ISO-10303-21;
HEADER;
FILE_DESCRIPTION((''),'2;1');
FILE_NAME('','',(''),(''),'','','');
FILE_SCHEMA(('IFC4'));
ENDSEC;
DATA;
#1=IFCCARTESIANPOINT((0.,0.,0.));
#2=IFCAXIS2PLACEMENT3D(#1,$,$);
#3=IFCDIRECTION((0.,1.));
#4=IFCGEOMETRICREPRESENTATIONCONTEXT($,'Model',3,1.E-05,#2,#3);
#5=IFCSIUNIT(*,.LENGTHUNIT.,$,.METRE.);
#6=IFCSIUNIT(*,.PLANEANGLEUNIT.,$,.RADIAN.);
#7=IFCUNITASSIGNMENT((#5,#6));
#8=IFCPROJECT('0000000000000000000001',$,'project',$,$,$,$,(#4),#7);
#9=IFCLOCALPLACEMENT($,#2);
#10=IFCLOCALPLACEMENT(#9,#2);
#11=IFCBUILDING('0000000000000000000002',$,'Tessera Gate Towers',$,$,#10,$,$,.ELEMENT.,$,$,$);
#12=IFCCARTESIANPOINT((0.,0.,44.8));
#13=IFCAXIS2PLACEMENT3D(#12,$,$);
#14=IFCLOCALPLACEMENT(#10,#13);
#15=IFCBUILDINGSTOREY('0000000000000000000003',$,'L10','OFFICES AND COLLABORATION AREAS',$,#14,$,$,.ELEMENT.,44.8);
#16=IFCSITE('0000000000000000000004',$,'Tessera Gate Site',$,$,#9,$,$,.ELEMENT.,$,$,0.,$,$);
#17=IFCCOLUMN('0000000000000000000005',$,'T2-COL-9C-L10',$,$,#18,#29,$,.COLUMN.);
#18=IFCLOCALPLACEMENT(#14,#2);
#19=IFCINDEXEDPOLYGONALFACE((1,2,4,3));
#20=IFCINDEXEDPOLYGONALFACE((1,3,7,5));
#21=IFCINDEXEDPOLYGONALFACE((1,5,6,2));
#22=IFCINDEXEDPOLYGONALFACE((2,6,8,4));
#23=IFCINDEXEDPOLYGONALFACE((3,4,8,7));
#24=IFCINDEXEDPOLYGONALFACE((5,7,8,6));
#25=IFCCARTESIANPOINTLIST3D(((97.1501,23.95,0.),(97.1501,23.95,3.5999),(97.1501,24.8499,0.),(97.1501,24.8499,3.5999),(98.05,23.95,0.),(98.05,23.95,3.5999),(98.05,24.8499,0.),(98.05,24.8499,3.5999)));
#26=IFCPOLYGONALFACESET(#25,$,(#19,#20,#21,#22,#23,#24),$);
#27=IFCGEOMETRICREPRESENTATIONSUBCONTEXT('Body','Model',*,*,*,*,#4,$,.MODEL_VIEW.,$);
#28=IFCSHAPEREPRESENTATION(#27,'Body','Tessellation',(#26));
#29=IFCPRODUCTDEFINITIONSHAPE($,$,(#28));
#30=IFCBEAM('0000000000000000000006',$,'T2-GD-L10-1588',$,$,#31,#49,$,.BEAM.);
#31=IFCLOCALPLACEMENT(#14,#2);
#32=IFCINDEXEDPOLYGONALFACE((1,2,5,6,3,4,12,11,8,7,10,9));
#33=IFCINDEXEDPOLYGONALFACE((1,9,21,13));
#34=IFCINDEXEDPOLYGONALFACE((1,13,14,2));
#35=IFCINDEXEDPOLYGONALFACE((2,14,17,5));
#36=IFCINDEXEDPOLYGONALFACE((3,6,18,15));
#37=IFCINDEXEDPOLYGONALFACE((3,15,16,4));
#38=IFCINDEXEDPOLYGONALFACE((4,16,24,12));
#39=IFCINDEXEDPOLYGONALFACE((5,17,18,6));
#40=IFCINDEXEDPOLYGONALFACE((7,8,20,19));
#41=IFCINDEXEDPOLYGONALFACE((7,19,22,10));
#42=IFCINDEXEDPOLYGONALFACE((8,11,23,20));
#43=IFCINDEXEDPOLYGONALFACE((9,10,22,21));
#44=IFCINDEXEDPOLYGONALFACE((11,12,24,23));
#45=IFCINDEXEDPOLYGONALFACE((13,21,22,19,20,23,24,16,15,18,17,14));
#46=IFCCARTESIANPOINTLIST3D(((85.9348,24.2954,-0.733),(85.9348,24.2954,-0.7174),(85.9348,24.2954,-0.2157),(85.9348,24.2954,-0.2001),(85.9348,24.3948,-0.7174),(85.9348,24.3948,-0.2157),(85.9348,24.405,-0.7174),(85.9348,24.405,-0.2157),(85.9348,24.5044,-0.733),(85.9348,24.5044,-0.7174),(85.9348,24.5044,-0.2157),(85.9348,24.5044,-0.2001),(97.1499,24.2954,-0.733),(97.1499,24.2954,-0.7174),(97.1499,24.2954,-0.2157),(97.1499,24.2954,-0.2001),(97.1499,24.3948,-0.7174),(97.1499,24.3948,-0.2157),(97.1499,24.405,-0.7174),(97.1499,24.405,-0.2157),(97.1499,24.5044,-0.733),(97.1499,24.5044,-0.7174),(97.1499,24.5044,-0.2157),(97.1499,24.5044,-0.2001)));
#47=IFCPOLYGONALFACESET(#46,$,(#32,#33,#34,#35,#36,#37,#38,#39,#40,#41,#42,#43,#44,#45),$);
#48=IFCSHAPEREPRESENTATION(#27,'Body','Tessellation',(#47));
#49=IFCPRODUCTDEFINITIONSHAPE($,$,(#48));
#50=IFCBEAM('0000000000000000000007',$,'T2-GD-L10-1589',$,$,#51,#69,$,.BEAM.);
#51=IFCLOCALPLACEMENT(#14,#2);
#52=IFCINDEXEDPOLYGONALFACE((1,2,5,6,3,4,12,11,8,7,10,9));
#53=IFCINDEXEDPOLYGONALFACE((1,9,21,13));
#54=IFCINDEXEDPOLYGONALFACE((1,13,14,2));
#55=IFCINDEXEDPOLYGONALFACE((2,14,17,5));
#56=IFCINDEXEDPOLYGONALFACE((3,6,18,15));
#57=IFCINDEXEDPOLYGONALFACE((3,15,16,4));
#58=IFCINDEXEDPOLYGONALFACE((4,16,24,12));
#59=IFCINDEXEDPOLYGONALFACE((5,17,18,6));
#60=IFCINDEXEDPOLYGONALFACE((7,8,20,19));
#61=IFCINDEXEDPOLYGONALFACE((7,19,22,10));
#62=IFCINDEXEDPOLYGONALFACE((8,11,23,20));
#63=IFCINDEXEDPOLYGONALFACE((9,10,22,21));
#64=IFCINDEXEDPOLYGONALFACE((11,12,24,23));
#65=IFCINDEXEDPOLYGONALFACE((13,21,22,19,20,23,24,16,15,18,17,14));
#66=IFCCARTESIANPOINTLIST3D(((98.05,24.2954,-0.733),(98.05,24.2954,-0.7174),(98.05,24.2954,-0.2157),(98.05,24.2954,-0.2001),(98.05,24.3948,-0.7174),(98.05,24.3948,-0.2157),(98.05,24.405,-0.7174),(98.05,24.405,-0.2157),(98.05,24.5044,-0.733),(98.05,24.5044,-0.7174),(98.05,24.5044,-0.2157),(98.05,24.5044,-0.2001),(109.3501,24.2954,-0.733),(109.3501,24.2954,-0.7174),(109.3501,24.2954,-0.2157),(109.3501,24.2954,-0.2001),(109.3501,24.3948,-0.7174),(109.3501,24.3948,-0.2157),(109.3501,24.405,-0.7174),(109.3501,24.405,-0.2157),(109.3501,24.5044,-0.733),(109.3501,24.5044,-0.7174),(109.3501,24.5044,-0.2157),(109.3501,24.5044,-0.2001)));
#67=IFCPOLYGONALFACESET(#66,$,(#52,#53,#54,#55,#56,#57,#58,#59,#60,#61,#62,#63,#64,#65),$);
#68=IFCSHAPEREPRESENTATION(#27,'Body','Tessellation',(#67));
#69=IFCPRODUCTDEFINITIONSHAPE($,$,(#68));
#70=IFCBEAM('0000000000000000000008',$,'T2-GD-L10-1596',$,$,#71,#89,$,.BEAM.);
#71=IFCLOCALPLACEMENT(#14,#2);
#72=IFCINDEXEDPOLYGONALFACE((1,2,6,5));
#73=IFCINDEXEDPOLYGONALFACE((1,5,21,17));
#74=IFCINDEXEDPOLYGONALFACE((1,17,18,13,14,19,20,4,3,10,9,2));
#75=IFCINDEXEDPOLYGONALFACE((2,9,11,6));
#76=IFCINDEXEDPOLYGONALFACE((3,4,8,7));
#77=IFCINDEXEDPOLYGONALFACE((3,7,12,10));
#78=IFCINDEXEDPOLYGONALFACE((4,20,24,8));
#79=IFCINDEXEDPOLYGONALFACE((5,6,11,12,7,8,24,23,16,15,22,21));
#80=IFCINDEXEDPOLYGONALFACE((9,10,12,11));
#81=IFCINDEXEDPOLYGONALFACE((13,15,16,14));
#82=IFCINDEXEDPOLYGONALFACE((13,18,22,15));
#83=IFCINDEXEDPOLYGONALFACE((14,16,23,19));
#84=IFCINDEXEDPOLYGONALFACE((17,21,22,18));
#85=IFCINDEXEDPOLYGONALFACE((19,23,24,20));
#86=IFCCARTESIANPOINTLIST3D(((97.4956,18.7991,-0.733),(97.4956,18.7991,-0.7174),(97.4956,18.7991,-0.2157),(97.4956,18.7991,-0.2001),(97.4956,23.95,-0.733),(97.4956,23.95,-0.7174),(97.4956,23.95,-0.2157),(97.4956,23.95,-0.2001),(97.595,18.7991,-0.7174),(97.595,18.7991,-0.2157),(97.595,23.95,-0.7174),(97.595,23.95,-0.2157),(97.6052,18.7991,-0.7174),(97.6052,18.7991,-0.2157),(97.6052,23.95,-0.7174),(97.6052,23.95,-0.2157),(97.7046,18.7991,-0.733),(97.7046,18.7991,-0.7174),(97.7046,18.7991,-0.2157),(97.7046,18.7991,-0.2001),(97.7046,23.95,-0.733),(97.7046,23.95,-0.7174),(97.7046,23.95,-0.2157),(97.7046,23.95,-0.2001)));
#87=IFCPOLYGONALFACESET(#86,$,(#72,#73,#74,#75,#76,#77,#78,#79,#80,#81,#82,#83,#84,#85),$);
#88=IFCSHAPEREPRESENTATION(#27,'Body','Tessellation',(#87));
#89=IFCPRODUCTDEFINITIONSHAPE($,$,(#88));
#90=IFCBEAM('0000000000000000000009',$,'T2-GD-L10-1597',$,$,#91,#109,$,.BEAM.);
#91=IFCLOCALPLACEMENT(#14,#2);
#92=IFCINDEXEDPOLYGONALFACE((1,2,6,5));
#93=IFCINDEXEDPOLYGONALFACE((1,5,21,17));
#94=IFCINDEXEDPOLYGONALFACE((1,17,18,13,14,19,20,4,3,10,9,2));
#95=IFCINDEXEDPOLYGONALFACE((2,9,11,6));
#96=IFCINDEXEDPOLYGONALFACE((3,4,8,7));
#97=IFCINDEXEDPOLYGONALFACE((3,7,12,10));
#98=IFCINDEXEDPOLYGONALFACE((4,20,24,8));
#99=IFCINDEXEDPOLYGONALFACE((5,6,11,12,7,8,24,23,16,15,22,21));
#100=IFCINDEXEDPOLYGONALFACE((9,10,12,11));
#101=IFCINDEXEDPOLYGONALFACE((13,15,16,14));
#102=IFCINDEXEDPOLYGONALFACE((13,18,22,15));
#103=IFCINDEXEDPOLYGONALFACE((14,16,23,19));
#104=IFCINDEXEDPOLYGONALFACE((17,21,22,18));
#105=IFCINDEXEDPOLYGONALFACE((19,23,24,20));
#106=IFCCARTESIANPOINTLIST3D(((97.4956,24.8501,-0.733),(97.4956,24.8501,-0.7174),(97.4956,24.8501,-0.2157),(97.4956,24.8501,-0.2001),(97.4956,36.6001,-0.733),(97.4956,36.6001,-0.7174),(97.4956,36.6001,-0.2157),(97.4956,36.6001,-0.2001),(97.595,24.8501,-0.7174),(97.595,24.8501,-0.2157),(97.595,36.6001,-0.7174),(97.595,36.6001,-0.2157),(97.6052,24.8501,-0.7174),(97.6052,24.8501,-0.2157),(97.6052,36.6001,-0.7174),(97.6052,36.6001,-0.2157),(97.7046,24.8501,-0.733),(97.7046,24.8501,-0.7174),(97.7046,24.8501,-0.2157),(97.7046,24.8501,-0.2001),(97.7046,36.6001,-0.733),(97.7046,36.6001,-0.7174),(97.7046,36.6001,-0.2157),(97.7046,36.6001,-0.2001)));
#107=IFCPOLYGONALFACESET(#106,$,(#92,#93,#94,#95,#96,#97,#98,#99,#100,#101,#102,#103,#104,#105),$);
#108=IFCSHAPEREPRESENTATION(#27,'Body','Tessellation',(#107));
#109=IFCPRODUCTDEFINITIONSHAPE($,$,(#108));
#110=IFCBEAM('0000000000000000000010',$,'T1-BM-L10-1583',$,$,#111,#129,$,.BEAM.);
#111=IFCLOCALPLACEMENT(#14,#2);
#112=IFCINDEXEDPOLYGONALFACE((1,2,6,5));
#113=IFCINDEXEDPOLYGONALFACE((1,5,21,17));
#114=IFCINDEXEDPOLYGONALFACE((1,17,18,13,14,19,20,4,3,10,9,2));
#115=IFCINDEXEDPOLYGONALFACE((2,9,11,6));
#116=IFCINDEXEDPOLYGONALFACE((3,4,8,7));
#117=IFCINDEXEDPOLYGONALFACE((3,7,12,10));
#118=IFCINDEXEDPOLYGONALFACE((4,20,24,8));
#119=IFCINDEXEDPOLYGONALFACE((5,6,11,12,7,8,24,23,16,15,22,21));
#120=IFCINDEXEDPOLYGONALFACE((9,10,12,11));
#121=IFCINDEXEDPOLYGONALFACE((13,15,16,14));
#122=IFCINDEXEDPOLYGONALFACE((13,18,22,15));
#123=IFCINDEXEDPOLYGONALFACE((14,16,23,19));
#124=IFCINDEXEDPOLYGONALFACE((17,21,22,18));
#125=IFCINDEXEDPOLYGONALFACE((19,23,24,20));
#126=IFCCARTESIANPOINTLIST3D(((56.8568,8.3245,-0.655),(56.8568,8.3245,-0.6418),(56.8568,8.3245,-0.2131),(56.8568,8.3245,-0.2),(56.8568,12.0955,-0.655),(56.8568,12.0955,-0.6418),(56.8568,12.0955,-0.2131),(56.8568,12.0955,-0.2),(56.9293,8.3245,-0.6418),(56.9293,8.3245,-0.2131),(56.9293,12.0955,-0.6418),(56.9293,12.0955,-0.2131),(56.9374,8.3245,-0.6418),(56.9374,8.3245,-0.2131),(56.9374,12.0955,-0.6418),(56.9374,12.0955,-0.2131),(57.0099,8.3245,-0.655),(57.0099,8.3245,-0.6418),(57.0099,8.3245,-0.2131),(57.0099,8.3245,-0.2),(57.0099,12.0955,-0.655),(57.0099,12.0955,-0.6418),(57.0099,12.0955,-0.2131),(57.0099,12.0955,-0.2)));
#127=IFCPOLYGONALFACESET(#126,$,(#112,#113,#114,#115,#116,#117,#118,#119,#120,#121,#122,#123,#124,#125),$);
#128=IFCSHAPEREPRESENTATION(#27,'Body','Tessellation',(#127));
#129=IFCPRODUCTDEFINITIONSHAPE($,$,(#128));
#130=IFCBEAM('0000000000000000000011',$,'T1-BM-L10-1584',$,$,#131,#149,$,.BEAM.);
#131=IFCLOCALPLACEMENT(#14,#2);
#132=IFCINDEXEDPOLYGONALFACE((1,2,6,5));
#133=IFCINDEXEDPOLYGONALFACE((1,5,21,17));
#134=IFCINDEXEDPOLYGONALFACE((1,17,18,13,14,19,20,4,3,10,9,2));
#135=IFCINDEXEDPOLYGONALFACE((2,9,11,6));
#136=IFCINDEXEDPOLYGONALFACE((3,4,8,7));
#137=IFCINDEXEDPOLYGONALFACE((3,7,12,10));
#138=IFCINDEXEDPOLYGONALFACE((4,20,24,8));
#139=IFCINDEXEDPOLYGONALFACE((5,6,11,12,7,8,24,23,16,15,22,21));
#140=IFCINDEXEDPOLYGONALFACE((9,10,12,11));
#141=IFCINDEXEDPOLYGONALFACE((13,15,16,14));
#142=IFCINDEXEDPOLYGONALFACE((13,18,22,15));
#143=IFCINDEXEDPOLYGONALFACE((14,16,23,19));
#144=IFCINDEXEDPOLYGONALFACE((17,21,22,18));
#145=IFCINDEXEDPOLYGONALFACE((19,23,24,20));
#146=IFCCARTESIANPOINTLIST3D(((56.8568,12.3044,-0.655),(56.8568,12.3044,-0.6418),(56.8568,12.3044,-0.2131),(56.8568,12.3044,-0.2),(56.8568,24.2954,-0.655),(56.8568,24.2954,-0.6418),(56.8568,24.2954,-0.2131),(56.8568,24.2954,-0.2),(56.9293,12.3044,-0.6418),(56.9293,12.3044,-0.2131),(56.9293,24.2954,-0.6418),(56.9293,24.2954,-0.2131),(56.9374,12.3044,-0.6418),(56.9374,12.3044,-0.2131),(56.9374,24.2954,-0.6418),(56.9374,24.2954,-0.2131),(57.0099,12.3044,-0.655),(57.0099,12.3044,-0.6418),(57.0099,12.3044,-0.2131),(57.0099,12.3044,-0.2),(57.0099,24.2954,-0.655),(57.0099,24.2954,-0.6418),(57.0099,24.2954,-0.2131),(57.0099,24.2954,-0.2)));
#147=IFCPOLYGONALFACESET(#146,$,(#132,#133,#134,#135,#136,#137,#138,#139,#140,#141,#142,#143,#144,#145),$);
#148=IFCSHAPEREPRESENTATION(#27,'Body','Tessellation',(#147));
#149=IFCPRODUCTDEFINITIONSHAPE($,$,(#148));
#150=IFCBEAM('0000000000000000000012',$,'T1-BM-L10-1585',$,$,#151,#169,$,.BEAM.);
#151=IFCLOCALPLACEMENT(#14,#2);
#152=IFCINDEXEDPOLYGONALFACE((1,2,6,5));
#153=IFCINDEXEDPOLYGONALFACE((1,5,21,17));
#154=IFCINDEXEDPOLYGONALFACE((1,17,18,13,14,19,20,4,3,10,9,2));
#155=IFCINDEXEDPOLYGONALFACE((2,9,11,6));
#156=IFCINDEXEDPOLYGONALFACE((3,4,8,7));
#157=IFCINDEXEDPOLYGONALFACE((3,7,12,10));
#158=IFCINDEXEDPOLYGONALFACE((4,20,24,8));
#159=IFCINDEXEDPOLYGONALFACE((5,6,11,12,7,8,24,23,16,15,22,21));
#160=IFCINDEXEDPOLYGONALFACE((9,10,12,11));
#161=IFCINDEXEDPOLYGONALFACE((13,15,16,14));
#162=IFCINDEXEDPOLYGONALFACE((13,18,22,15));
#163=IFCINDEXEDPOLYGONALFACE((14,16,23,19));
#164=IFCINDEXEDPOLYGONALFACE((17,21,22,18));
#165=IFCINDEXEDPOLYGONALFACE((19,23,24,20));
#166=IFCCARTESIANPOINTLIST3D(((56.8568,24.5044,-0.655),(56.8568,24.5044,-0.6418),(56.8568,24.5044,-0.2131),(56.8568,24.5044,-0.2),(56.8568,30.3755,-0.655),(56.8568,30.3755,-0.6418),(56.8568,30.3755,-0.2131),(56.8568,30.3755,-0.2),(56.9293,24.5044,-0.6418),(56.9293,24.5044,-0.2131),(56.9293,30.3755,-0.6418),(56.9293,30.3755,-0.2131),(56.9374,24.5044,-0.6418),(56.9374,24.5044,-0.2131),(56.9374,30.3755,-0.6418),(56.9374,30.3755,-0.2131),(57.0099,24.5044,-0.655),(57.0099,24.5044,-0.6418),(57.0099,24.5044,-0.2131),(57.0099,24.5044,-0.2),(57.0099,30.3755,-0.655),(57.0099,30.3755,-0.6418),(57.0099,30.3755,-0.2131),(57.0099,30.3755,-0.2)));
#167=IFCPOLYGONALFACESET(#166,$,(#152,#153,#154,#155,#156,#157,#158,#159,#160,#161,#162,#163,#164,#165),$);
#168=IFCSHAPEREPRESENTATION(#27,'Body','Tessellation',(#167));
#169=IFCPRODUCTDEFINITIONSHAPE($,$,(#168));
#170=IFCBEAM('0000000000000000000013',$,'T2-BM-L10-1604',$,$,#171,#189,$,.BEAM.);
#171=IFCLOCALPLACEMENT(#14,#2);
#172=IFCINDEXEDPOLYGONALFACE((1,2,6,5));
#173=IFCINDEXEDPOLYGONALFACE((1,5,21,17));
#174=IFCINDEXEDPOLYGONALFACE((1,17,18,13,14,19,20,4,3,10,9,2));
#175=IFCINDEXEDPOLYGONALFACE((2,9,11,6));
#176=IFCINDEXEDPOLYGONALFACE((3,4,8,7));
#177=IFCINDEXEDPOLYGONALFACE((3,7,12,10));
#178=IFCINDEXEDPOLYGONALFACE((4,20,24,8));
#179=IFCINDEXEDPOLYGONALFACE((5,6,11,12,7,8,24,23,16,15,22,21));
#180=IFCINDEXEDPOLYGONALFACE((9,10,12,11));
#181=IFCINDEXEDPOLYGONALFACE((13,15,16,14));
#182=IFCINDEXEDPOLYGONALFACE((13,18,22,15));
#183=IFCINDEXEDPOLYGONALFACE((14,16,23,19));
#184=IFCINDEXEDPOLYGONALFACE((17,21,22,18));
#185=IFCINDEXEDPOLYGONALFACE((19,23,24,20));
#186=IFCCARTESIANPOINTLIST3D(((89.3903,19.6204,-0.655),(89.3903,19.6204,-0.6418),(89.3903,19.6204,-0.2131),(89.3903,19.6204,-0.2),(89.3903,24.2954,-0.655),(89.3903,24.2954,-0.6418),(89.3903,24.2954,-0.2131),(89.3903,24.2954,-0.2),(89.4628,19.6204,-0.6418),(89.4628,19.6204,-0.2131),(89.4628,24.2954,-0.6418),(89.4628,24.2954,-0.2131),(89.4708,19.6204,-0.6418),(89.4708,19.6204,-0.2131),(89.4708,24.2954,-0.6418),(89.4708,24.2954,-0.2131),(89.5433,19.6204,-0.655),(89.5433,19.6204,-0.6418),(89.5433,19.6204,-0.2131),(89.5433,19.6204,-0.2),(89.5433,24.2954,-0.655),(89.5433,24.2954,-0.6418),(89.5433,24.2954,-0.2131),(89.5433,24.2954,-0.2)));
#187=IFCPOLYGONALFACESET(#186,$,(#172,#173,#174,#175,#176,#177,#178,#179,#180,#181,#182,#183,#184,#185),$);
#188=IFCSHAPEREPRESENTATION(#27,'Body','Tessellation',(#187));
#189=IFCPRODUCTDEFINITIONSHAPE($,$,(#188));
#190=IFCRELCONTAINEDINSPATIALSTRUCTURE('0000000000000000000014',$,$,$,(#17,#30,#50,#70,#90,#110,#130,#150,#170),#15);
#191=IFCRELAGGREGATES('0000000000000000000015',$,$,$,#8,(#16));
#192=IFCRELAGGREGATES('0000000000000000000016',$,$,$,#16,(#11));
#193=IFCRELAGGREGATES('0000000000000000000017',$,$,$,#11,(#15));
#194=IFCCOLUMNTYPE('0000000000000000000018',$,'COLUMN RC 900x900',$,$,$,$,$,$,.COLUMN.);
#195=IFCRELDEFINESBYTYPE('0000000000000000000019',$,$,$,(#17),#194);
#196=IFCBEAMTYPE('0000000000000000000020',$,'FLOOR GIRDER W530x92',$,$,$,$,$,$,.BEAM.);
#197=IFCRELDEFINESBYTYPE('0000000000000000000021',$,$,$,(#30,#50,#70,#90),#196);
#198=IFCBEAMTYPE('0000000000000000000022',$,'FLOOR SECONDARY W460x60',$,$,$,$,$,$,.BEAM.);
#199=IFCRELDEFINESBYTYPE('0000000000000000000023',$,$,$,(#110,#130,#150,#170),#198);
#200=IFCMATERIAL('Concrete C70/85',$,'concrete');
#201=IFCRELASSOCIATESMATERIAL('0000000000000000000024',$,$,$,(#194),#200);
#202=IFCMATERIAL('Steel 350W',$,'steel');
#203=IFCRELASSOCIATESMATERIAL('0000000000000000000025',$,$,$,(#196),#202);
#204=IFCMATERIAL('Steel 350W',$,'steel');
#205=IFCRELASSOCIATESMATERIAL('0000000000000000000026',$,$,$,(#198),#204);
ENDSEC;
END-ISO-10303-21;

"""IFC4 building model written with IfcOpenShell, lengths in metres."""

from ifc_helpers import new_model, si_unit, direction, frame, origin, origin_2d, place, context, subcontext, project, spatial, rectangle, i_section, extrude, material, material_profile, profile_set, type_object, element, save


model = new_model("IFC4")

# Units and contexts
model_context = context("Model", 3, precision=1e-05, world=origin(), true_north=direction((0.0, 1.0)))
body_context = subcontext(model_context, "Body", "Model", "MODEL_VIEW")
ifc_project = project(units=[si_unit("LENGTHUNIT", "METRE"), si_unit("PLANEANGLEUNIT", "RADIAN")], contexts=[model_context])

# Site, building, storey
site_placement = place(None, origin())
site = spatial("IfcSite", under=ifc_project, at=site_placement, Name="Tessera Gate Site", CompositionType="ELEMENT", RefElevation=0.0)
building_placement = place(site_placement, origin())
building = spatial("IfcBuilding", under=site, at=building_placement, Name="Tessera Gate Towers", CompositionType="ELEMENT")
storey_placement = place(building_placement, frame((0.0, 0.0, 44.8)))
storey = spatial("IfcBuildingStorey", under=building, at=storey_placement, Name="L10", Description="OFFICES AND COLLABORATION AREAS", CompositionType="ELEMENT", Elevation=44.8)

# Column
ifc_material_1 = material(Name="Concrete C70/85", Category="concrete")
ifc_material_profile_1 = material_profile(ifc_material_1, rectangle(XDim=0.8999, YDim=0.8999, at=origin_2d()), Name="RC 900x900")
ifc_profile_set_1 = profile_set([ifc_material_profile_1], Name="Concrete C70/85")
column_type = type_object("IfcColumnType", Name="COLUMN RC 900x900", PredefinedType="COLUMN", material=ifc_profile_set_1)
column_placement = place(storey_placement, frame((97.6001, 24.3999, 0.0), z_axis=(0.0, 0.0, 1.0), x_axis=(1.0, 0.0, 0.0)))
element("IfcColumn", 1, at=column_placement, inside=storey, type_object=column_type, Name="T2-COL-9C-L10", PredefinedType="COLUMN", context=body_context, shape_type="SweptSolid", body=[
    extrude(rectangle(XDim=0.8999, YDim=0.8999, at=origin_2d()), origin(), (0.0, 0.0, 1.0), 3.5999),
])

# Beams
ifc_material_2 = material(Name="Steel 350W", Category="steel")
ifc_material_profile_2 = material_profile(ifc_material_2, i_section(OverallWidth=0.209, OverallDepth=0.533, WebThickness=0.0103, FlangeThickness=0.0156, at=origin_2d()), Name="W530x92")
ifc_profile_set_2 = profile_set([ifc_material_profile_2], Name="Steel 350W")
beam_type_1 = type_object("IfcBeamType", Name="FLOOR GIRDER W530x92", PredefinedType="BEAM", material=ifc_profile_set_2)
beam_1_placement = place(storey_placement, frame((85.9348, 24.3999, -0.4666), z_axis=(1.0, 0.0, 0.0), x_axis=(0.0, 1.0, 0.0)))
element("IfcBeam", 2, at=beam_1_placement, inside=storey, type_object=beam_type_1, Name="T2-GD-L10-1588", PredefinedType="BEAM", context=body_context, shape_type="SweptSolid", body=[
    extrude(i_section(OverallWidth=0.209, OverallDepth=0.533, WebThickness=0.0103, FlangeThickness=0.0156, at=origin_2d()), origin(), (0.0, 0.0, 1.0), 11.2151),
])
beam_2_placement = place(storey_placement, frame((98.05, 24.3999, -0.4666), z_axis=(1.0, 0.0, 0.0), x_axis=(0.0, 1.0, 0.0)))
element("IfcBeam", 3, at=beam_2_placement, inside=storey, type_object=beam_type_1, Name="T2-GD-L10-1589", PredefinedType="BEAM", context=body_context, shape_type="SweptSolid", body=[
    extrude(i_section(OverallWidth=0.209, OverallDepth=0.533, WebThickness=0.0103, FlangeThickness=0.0156, at=origin_2d()), origin(), (0.0, 0.0, 1.0), 11.3),
])
beam_3_placement = place(storey_placement, frame((97.6001, 18.7991, -0.4666), z_axis=(0.0, 1.0, 0.0), x_axis=(-1.0, 0.0, 0.0)))
element("IfcBeam", 4, at=beam_3_placement, inside=storey, type_object=beam_type_1, Name="T2-GD-L10-1596", PredefinedType="BEAM", context=body_context, shape_type="SweptSolid", body=[
    extrude(i_section(OverallWidth=0.209, OverallDepth=0.533, WebThickness=0.0103, FlangeThickness=0.0156, at=origin_2d()), origin(), (0.0, 0.0, 1.0), 5.1509),
])
beam_4_placement = place(storey_placement, frame((97.6001, 24.8501, -0.4666), z_axis=(0.0, 1.0, 0.0), x_axis=(-1.0, 0.0, 0.0)))
element("IfcBeam", 5, at=beam_4_placement, inside=storey, type_object=beam_type_1, Name="T2-GD-L10-1597", PredefinedType="BEAM", context=body_context, shape_type="SweptSolid", body=[
    extrude(i_section(OverallWidth=0.209, OverallDepth=0.533, WebThickness=0.0103, FlangeThickness=0.0156, at=origin_2d()), origin(), (0.0, 0.0, 1.0), 11.75),
])
ifc_material_3 = material(Name="Steel 350W", Category="steel")
ifc_material_profile_3 = material_profile(ifc_material_3, i_section(OverallWidth=0.1531, OverallDepth=0.4551, WebThickness=0.0081, FlangeThickness=0.0132, at=origin_2d()), Name="W460x60")
ifc_profile_set_3 = profile_set([ifc_material_profile_3], Name="Steel 350W")
beam_type_2 = type_object("IfcBeamType", Name="FLOOR SECONDARY W460x60", PredefinedType="BEAM", material=ifc_profile_set_3)
beam_5_placement = place(storey_placement, frame((56.9333, 8.3245, -0.4275), z_axis=(0.0, 1.0, 0.0), x_axis=(-1.0, 0.0, 0.0)))
element("IfcBeam", 6, at=beam_5_placement, inside=storey, type_object=beam_type_2, Name="T1-BM-L10-1583", PredefinedType="BEAM", context=body_context, shape_type="SweptSolid", body=[
    extrude(i_section(OverallWidth=0.1531, OverallDepth=0.4551, WebThickness=0.0081, FlangeThickness=0.0132, at=origin_2d()), origin(), (0.0, 0.0, 1.0), 3.771),
])
beam_6_placement = place(storey_placement, frame((56.9333, 12.3044, -0.4275), z_axis=(0.0, 1.0, 0.0), x_axis=(-1.0, 0.0, 0.0)))
element("IfcBeam", 7, at=beam_6_placement, inside=storey, type_object=beam_type_2, Name="T1-BM-L10-1584", PredefinedType="BEAM", context=body_context, shape_type="SweptSolid", body=[
    extrude(i_section(OverallWidth=0.1531, OverallDepth=0.4551, WebThickness=0.0081, FlangeThickness=0.0132, at=origin_2d()), origin(), (0.0, 0.0, 1.0), 11.991),
])
beam_7_placement = place(storey_placement, frame((56.9333, 24.5044, -0.4275), z_axis=(0.0, 1.0, 0.0), x_axis=(-1.0, 0.0, 0.0)))
element("IfcBeam", 8, at=beam_7_placement, inside=storey, type_object=beam_type_2, Name="T1-BM-L10-1585", PredefinedType="BEAM", context=body_context, shape_type="SweptSolid", body=[
    extrude(i_section(OverallWidth=0.1531, OverallDepth=0.4551, WebThickness=0.0081, FlangeThickness=0.0132, at=origin_2d()), origin(), (0.0, 0.0, 1.0), 5.8711),
])
beam_8_placement = place(storey_placement, frame((89.4668, 19.6204, -0.4275), z_axis=(0.0, 1.0, 0.0), x_axis=(-1.0, 0.0, 0.0)))
element("IfcBeam", 9, at=beam_8_placement, inside=storey, type_object=beam_type_2, Name="T2-BM-L10-1604", PredefinedType="BEAM", context=body_context, shape_type="SweptSolid", body=[
    extrude(i_section(OverallWidth=0.1531, OverallDepth=0.4551, WebThickness=0.0081, FlangeThickness=0.0132, at=origin_2d()), origin(), (0.0, 0.0, 1.0), 4.675),
])

save(model, "model.ifc")
